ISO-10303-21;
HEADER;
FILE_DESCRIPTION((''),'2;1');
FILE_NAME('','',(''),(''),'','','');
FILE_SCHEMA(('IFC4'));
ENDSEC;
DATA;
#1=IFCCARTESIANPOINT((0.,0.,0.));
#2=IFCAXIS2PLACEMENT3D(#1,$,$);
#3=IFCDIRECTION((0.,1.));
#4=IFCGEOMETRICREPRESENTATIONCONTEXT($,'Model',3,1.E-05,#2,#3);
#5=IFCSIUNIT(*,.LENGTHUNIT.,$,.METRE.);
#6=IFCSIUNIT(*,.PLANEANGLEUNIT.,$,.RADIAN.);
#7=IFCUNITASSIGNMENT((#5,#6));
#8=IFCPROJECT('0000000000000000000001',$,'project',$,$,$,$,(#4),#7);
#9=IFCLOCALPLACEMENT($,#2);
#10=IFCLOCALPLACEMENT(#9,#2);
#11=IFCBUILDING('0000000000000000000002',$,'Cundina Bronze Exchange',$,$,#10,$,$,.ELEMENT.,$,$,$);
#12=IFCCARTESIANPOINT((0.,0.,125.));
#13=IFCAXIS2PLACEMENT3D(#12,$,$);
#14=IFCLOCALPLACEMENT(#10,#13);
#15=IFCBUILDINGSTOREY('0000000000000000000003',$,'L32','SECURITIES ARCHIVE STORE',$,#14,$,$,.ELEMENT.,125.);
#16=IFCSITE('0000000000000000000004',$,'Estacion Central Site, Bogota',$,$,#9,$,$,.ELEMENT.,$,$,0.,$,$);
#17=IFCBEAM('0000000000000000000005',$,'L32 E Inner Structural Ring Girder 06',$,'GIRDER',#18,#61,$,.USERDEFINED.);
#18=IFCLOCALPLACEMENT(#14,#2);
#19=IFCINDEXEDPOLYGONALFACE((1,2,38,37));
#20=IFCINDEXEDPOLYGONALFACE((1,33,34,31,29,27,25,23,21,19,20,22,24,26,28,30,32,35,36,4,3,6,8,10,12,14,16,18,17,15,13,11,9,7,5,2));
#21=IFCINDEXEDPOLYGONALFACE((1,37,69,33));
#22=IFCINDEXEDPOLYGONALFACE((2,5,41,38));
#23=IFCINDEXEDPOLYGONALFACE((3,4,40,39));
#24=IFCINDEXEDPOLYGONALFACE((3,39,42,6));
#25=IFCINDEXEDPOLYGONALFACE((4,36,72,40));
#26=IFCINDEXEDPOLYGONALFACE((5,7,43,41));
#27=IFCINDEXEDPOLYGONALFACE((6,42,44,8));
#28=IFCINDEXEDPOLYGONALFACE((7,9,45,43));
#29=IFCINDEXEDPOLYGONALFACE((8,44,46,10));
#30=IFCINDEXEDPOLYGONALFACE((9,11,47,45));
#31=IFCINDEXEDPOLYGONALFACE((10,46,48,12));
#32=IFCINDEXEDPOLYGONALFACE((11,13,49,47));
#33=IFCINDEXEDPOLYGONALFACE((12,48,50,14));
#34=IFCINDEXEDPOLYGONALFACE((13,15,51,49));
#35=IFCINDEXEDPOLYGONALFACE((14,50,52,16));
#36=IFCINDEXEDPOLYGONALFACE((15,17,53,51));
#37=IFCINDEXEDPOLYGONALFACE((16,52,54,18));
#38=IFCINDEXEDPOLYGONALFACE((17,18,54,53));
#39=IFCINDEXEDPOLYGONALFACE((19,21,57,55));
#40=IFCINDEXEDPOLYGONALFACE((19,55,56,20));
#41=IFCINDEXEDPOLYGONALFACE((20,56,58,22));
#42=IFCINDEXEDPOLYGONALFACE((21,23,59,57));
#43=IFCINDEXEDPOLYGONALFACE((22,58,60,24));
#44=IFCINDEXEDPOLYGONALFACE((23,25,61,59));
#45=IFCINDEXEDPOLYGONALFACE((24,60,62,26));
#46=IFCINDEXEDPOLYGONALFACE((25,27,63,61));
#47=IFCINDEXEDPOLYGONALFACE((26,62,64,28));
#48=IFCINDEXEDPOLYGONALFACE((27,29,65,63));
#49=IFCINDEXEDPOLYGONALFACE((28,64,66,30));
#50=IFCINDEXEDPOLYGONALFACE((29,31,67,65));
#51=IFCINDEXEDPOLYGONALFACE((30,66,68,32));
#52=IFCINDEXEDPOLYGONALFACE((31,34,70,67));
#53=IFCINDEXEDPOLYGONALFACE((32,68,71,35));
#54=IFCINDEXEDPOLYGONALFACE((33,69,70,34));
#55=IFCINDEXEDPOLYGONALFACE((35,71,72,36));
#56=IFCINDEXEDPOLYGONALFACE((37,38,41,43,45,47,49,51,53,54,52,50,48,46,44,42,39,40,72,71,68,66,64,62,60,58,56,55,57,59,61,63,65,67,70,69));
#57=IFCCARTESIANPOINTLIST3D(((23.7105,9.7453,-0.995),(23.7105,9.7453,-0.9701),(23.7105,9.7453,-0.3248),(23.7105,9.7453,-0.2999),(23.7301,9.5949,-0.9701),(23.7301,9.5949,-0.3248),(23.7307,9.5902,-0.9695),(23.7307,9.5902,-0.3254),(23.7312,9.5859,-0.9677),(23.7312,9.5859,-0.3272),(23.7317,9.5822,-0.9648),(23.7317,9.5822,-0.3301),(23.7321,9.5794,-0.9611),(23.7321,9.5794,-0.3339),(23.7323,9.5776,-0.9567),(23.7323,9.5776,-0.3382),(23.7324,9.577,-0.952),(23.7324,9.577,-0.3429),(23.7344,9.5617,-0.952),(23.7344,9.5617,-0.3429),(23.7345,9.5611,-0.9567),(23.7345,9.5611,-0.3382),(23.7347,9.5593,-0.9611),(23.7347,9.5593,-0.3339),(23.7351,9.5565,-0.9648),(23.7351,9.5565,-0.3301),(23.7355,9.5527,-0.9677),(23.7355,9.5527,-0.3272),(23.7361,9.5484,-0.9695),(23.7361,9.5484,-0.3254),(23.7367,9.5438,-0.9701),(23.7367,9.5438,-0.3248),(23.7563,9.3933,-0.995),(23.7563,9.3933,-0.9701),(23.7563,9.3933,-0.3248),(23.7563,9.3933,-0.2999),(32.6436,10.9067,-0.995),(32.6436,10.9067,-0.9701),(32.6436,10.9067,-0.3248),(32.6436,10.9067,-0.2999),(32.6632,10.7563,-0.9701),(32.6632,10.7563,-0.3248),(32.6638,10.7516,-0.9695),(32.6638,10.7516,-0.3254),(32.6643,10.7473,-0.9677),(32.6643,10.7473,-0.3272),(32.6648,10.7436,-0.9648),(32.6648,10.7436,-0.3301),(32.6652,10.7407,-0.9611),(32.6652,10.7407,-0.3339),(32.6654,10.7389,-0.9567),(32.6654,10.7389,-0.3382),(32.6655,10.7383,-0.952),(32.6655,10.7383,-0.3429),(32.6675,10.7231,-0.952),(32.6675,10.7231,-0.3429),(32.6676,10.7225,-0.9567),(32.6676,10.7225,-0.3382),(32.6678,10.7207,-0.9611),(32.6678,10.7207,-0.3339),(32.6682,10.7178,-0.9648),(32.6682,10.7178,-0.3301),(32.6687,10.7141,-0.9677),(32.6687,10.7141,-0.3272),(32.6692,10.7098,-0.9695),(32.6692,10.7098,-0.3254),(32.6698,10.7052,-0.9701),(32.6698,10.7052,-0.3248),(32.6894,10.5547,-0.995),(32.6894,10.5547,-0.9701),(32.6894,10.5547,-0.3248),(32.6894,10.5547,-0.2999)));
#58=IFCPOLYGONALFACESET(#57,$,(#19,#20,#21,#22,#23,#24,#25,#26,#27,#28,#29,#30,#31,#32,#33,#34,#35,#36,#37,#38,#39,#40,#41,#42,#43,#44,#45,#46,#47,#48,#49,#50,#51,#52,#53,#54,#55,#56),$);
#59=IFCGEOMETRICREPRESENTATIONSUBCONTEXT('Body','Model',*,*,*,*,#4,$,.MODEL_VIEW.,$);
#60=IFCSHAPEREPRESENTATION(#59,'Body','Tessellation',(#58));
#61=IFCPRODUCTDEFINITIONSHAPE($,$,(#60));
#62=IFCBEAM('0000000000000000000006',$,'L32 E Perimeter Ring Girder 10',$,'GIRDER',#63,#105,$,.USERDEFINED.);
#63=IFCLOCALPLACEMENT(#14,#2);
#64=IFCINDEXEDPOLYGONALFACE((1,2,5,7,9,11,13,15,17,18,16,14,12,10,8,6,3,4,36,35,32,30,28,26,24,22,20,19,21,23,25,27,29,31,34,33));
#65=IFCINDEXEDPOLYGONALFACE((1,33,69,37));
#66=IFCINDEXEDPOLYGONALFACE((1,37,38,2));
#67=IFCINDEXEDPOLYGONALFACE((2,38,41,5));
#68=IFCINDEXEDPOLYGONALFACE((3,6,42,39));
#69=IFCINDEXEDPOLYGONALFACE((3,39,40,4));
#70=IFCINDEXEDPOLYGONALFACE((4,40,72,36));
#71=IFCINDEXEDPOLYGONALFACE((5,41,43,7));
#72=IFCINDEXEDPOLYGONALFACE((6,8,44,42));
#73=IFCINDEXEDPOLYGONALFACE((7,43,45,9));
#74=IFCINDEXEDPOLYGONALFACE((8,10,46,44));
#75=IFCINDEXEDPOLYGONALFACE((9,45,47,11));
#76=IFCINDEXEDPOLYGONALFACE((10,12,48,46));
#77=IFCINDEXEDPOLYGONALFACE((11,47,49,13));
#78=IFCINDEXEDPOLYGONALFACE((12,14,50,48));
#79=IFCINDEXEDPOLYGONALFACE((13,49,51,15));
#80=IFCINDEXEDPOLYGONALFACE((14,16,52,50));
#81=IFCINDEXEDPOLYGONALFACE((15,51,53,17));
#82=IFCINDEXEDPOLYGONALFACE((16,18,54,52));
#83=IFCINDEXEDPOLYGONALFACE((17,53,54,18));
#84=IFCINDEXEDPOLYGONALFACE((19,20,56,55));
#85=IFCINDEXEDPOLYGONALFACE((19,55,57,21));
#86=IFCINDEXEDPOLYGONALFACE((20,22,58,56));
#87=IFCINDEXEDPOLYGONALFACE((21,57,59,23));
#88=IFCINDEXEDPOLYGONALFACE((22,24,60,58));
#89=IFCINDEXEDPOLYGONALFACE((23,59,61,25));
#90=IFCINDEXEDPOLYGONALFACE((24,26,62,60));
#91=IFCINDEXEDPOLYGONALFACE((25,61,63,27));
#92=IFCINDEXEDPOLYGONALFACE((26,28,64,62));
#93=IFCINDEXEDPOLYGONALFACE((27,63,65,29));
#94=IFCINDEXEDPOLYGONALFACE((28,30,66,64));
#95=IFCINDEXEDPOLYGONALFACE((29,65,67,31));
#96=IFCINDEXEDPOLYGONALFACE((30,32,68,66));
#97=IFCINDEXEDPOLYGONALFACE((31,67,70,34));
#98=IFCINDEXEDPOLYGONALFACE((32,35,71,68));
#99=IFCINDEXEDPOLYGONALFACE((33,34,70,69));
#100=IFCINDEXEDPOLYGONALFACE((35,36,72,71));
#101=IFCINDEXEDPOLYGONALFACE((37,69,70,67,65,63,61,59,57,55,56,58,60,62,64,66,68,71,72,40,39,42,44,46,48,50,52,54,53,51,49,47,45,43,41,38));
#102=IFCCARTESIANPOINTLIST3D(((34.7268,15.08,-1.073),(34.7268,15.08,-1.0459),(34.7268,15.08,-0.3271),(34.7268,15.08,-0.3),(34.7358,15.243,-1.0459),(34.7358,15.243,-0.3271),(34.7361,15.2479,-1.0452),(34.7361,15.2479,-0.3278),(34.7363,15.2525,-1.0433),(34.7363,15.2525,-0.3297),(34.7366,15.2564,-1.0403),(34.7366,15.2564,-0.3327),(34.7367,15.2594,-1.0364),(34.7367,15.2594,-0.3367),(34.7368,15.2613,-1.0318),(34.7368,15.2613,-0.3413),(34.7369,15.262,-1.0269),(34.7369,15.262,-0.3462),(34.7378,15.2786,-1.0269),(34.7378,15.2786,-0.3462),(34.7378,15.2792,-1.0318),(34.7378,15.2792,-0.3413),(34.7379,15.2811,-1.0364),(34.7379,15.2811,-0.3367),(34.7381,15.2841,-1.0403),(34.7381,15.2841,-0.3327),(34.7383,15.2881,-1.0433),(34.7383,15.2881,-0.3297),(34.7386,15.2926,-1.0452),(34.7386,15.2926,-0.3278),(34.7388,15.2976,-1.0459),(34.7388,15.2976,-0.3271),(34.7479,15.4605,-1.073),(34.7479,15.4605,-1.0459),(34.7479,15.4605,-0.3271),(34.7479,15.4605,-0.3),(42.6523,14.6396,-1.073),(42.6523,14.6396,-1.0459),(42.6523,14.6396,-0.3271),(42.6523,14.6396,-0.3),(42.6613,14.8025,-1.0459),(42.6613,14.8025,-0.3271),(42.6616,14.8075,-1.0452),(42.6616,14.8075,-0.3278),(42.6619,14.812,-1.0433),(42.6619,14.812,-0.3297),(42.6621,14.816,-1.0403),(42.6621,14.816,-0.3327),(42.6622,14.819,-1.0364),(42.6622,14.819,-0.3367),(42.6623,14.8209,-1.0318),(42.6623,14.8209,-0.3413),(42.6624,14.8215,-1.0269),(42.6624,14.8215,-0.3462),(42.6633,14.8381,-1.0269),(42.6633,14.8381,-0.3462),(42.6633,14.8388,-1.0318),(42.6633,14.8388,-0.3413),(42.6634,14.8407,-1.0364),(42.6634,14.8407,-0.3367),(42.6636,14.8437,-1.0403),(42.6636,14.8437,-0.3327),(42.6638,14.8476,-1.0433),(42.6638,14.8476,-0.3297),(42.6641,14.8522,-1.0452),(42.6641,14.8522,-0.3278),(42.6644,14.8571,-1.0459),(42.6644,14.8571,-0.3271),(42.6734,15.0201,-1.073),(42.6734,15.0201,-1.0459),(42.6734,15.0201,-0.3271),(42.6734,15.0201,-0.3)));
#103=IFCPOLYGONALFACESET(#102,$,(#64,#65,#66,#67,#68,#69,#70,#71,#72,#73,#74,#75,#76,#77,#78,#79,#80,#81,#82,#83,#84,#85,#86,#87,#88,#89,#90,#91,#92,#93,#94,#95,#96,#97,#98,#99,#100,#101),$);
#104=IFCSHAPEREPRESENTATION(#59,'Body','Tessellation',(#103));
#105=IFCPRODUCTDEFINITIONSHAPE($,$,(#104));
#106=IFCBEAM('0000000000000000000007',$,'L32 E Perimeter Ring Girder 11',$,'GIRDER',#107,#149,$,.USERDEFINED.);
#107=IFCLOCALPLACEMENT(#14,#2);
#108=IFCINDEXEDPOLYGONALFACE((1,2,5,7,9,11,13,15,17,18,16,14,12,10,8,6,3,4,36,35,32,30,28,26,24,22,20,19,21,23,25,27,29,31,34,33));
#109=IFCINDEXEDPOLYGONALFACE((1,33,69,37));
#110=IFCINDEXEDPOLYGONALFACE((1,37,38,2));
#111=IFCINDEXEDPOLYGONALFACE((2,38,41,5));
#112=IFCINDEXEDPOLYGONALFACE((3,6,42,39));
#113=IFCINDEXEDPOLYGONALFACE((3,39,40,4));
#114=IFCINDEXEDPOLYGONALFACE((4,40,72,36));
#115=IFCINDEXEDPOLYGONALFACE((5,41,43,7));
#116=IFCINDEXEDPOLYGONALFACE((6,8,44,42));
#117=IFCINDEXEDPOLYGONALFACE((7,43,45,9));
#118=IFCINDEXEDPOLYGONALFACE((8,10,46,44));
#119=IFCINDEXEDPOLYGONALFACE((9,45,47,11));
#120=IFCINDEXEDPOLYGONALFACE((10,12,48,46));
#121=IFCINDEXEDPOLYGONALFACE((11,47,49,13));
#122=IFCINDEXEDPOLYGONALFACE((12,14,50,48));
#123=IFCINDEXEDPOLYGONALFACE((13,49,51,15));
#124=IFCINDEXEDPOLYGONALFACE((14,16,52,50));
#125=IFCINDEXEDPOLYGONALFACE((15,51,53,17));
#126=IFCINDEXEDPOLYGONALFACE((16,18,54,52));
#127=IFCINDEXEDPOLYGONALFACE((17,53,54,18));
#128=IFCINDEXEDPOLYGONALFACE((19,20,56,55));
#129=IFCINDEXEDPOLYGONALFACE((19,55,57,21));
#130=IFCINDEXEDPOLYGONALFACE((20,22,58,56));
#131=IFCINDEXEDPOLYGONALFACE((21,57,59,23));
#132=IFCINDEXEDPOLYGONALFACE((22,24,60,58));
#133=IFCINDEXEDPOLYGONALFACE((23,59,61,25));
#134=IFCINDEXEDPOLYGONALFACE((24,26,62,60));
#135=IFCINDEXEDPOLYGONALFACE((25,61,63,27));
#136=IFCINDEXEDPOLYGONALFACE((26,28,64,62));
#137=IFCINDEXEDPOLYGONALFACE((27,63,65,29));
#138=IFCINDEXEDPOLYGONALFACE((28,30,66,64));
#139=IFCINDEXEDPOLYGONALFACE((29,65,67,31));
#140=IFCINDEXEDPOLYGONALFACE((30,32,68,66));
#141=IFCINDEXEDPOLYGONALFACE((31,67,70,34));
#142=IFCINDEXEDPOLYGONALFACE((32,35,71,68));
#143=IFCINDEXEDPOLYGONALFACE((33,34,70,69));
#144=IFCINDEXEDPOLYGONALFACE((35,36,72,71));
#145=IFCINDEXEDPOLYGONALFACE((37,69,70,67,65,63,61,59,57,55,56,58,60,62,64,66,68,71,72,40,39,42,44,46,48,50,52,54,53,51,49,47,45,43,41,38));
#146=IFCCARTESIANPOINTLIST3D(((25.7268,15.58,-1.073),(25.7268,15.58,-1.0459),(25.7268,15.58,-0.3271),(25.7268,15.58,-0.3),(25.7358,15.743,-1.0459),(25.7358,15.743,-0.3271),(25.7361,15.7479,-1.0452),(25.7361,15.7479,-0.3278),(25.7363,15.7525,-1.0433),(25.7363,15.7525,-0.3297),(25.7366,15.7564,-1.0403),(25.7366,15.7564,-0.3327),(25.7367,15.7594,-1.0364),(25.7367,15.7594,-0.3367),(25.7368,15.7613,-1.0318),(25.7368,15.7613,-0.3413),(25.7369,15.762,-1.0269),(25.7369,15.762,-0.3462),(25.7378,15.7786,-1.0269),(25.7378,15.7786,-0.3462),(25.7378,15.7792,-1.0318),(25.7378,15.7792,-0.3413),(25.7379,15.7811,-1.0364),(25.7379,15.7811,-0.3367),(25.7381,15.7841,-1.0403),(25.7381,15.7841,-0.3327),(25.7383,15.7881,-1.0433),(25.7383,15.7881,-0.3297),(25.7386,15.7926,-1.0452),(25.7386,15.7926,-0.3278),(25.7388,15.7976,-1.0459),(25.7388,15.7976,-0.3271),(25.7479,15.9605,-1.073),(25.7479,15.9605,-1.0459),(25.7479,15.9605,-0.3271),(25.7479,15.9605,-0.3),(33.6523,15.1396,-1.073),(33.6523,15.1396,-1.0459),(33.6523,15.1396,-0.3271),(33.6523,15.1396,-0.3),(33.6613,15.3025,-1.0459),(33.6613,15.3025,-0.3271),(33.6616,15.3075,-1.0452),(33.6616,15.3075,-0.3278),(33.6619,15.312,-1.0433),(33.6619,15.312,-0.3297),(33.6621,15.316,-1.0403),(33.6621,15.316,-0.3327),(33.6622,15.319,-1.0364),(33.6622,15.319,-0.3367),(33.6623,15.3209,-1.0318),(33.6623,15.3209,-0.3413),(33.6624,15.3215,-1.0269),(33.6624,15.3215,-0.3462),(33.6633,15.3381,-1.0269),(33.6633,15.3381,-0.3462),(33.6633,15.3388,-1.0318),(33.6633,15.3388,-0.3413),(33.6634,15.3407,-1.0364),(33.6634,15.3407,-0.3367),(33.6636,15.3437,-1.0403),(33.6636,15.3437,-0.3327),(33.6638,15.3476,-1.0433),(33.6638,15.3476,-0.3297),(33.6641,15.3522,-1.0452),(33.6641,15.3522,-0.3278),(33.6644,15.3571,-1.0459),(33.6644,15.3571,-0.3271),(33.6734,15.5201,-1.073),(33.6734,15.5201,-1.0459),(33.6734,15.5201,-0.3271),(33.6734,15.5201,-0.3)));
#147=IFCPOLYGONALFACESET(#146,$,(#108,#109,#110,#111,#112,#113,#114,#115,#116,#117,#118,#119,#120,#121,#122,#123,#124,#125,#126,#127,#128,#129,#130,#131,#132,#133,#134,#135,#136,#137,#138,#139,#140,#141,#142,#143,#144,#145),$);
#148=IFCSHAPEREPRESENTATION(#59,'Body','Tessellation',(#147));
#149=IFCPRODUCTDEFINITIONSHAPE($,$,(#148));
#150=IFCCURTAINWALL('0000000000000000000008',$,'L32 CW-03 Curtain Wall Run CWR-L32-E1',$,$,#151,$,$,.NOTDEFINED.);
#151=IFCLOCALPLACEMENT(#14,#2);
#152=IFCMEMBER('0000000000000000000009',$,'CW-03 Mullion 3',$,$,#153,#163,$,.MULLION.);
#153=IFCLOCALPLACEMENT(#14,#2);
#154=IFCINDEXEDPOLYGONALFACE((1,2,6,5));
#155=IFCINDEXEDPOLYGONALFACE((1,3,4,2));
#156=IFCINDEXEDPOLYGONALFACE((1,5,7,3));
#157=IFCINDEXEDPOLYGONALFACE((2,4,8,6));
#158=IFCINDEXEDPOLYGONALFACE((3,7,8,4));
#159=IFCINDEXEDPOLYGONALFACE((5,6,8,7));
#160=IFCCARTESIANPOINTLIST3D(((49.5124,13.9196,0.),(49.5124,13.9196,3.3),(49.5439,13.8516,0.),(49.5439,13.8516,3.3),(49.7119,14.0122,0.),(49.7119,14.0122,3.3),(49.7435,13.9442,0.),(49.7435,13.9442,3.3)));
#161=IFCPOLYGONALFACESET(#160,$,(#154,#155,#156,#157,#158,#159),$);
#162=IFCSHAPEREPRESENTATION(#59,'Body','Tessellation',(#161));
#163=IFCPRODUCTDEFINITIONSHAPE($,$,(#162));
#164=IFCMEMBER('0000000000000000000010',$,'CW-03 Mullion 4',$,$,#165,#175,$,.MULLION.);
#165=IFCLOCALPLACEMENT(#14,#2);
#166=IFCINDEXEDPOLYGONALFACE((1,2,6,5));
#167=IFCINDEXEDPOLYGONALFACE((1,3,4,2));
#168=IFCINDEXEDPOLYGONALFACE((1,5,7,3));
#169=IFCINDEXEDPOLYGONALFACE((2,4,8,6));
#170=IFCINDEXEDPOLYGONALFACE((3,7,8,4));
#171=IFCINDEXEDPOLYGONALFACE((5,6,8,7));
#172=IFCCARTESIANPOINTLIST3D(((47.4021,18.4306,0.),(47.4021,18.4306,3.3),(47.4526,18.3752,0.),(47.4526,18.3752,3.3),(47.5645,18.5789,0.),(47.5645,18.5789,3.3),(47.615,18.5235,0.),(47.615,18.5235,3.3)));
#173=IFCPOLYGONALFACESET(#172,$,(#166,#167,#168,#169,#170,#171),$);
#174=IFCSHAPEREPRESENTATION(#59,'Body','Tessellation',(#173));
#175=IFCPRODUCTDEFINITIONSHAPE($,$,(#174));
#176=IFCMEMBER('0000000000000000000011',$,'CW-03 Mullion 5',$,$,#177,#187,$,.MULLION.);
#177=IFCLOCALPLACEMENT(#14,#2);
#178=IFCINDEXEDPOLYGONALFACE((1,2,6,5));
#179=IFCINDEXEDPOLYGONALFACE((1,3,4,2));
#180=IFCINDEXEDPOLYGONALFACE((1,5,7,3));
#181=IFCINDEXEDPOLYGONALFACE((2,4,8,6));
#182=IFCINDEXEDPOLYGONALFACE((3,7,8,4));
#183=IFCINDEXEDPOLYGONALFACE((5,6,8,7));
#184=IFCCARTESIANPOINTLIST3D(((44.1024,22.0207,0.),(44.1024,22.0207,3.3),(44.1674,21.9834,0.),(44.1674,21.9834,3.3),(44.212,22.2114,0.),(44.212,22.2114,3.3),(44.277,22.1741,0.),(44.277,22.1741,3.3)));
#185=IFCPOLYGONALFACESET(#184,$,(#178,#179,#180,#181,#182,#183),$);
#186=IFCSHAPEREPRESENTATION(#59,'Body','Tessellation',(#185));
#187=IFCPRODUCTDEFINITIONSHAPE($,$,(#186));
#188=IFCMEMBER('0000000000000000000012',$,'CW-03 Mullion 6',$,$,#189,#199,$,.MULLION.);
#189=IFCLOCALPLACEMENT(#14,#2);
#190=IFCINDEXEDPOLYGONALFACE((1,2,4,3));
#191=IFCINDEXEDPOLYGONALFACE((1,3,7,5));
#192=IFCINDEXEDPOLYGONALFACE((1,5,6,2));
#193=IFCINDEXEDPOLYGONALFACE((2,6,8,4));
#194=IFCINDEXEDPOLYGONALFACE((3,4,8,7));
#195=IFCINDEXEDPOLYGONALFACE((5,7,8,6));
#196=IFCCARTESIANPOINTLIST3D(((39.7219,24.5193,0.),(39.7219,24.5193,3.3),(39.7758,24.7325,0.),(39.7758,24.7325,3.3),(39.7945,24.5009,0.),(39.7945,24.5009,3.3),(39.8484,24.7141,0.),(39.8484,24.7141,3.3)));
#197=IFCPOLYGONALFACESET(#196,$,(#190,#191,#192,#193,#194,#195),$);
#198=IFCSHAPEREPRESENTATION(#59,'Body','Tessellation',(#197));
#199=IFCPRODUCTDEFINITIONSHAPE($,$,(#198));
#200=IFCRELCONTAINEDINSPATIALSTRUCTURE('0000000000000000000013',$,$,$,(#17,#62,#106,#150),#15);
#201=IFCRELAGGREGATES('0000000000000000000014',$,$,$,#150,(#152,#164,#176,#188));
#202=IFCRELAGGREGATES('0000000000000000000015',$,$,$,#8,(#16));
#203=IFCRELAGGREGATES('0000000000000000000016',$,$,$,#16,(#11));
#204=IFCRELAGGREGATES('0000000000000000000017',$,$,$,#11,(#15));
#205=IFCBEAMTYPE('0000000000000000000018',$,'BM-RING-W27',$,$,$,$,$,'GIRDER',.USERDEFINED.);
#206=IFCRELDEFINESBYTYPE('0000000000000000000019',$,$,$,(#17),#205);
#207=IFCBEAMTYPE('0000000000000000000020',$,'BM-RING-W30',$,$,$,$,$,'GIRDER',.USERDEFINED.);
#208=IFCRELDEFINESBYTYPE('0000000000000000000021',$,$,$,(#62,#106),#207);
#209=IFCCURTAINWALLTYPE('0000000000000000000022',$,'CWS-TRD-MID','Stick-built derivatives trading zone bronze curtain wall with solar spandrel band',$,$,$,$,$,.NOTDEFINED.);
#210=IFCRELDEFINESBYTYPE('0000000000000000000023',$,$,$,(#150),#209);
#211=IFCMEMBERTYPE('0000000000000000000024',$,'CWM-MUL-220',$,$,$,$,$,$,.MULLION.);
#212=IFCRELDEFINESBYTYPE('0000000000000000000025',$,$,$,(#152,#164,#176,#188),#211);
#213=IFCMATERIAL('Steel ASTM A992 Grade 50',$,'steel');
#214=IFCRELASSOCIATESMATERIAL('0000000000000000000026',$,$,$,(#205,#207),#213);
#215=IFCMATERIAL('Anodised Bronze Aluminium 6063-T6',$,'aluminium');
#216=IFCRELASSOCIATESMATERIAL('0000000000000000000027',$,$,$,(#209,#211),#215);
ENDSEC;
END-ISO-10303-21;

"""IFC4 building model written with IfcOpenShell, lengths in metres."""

from ifc_helpers import new_model, si_unit, direction, frame, origin, origin_2d, place, context, subcontext, project, spatial, rectangle, i_section, extrude, material, material_profile, profile_set, type_object, element, aggregate, save


model = new_model("IFC4")

# Units and contexts
model_context = context("Model", 3, precision=1e-05, world=origin(), true_north=direction((0.0, 1.0)))
body_context = subcontext(model_context, "Body", "Model", "MODEL_VIEW")
ifc_project = project(units=[si_unit("LENGTHUNIT", "METRE"), si_unit("PLANEANGLEUNIT", "RADIAN")], contexts=[model_context])

# Site, building, storey
site_placement = place(None, origin())
site = spatial("IfcSite", under=ifc_project, at=site_placement, Name="Estacion Central Site, Bogota", CompositionType="ELEMENT", RefElevation=0.0)
building_placement = place(site_placement, origin())
building = spatial("IfcBuilding", under=site, at=building_placement, Name="Cundina Bronze Exchange", CompositionType="ELEMENT")
storey_placement = place(building_placement, frame((0.0, 0.0, 125.0)))
storey = spatial("IfcBuildingStorey", under=building, at=storey_placement, Name="L32", Description="SECURITIES ARCHIVE STORE", CompositionType="ELEMENT", Elevation=125.0)

# Beams
ifc_material_1 = material(Name="Steel ASTM A992 Grade 50", Category="steel")
ifc_material_profile_1 = material_profile(ifc_material_1, i_section(OverallWidth=0.355, OverallDepth=0.6951, WebThickness=0.0154, FlangeThickness=0.0249, FilletRadius=0.0181, at=origin_2d()), Name="W27X146", Category="steel")
ifc_profile_set_1 = profile_set([ifc_material_profile_1], Name="Steel ASTM A992 Grade 50")
beam_type_1 = type_object("IfcBeamType", Name="BM-RING-W27", ElementType="GIRDER", PredefinedType="USERDEFINED", material=ifc_profile_set_1)
beam_1_placement = place(storey_placement, frame((32.6665, 10.7307, -0.6475), z_axis=(-0.991655, -0.128923, 0.0), x_axis=(0.128923, -0.991655, 0.0)))
element("IfcBeam", 1, at=beam_1_placement, inside=storey, type_object=beam_type_1, Name="L32 E Inner Structural Ring Girder 06", ObjectType="GIRDER", PredefinedType="USERDEFINED", context=body_context, shape_type="SweptSolid", body=[
    extrude(i_section(OverallWidth=0.355, OverallDepth=0.6951, WebThickness=0.0154, FlangeThickness=0.0249, FilletRadius=0.0181, at=origin_2d()), origin(), (0.0, 0.0, 1.0), 9.0083),
])
ifc_material_profile_2 = material_profile(ifc_material_1, i_section(OverallWidth=0.3811, OverallDepth=0.7729, WebThickness=0.0166, FlangeThickness=0.0271, FilletRadius=0.019, at=origin_2d()), Name="W30X173", Category="steel")
ifc_profile_set_2 = profile_set([ifc_material_profile_2], Name="Steel ASTM A992 Grade 50")
beam_type_2 = type_object("IfcBeamType", Name="BM-RING-W30", ElementType="GIRDER", PredefinedType="USERDEFINED", material=ifc_profile_set_2)
for number, where, z_axis, x_axis, name in (
    (2, (42.6628, 14.8298, -0.6865), (-0.99846, 0.055485, 0.0), (-0.055485, -0.99846, 0.0), "L32 E Perimeter Ring Girder 10"),
    (3, (33.6628, 15.3298, -0.6865), (-0.99846, 0.055485, 0.0), (-0.055485, -0.99846, 0.0), "L32 E Perimeter Ring Girder 11"),
):
    element("IfcBeam", number, at=place(storey_placement, frame(where, z_axis=z_axis, x_axis=x_axis)), inside=storey, type_object=beam_type_2, Name=name, ObjectType="GIRDER", PredefinedType="USERDEFINED", context=body_context, shape_type="SweptSolid", body=[
        extrude(i_section(OverallWidth=0.3811, OverallDepth=0.7729, WebThickness=0.0166, FlangeThickness=0.0271, FilletRadius=0.019, at=origin_2d()), origin(), (0.0, 0.0, 1.0), 7.9377),
    ])

# Curtain wall, members
ifc_material_2 = material(Name="Anodised Bronze Aluminium 6063-T6", Category="aluminium")
curtain_wall_type = type_object("IfcCurtainWallType", Name="CWS-TRD-MID", Description="Stick-built derivatives trading zone bronze curtain wall with solar spandrel band", PredefinedType="NOTDEFINED", material=ifc_material_2)
curtain_wall_placement = place(storey_placement, origin())
curtain_wall = element("IfcCurtainWall", 4, at=curtain_wall_placement, inside=storey, type_object=curtain_wall_type, Name="L32 CW-03 Curtain Wall Run CWR-L32-E1", PredefinedType="NOTDEFINED")
ifc_material_profile_3 = material_profile(ifc_material_2, rectangle(XDim=0.075, YDim=0.22, at=origin_2d()), Name="AL75X220", Category="aluminium")
ifc_profile_set_3 = profile_set([ifc_material_profile_3], Name="Anodised Bronze Aluminium 6063-T6")
member_type_1 = type_object("IfcMemberType", Name="CWM-MUL-220", PredefinedType="MULLION", material=ifc_profile_set_3)
member_1_placement = place(storey_placement, frame((49.6279, 13.9319, 0.0), z_axis=(0.0, 0.0, 1.0), x_axis=(-0.420877, 0.907117, 0.0)))
member_1 = element("IfcMember", 5, at=member_1_placement, type_object=member_type_1, Name="CW-03 Mullion 3", PredefinedType="MULLION", context=body_context, shape_type="SweptSolid", body=[
    extrude(rectangle(XDim=0.075, YDim=0.22, at=origin_2d()), origin(), (0.0, 0.0, 1.0), 3.3),
])
member_2_placement = place(storey_placement, frame((47.5085, 18.4771, 0.0), z_axis=(0.0, 0.0, 1.0), x_axis=(-0.674302, 0.738455, 0.0)))
member_2 = element("IfcMember", 6, at=member_2_placement, type_object=member_type_1, Name="CW-03 Mullion 4", PredefinedType="MULLION", context=body_context, shape_type="SweptSolid", body=[
    extrude(rectangle(XDim=0.075, YDim=0.22, at=origin_2d()), origin(), (0.0, 0.0, 1.0), 3.3),
])
member_3_placement = place(storey_placement, frame((44.1897, 22.0974, 0.0), z_axis=(0.0, 0.0, 1.0), x_axis=(-0.867071, 0.498185, 0.0)))
member_3 = element("IfcMember", 7, at=member_3_placement, type_object=member_type_1, Name="CW-03 Mullion 5", PredefinedType="MULLION", context=body_context, shape_type="SweptSolid", body=[
    extrude(rectangle(XDim=0.075, YDim=0.22, at=origin_2d()), origin(), (0.0, 0.0, 1.0), 3.3),
])
member_4_placement = place(storey_placement, frame((39.7852, 24.6167, 0.0), z_axis=(0.0, 0.0, 1.0), x_axis=(-0.969488, 0.245138, 0.0)))
member_4 = element("IfcMember", 8, at=member_4_placement, type_object=member_type_1, Name="CW-03 Mullion 6", PredefinedType="MULLION", context=body_context, shape_type="SweptSolid", body=[
    extrude(rectangle(XDim=0.075, YDim=0.22, at=origin_2d()), origin(), (0.0, 0.0, 1.0), 3.3),
])
aggregate(curtain_wall, [member_1, member_2, member_3, member_4])

save(model, "model.ifc")
